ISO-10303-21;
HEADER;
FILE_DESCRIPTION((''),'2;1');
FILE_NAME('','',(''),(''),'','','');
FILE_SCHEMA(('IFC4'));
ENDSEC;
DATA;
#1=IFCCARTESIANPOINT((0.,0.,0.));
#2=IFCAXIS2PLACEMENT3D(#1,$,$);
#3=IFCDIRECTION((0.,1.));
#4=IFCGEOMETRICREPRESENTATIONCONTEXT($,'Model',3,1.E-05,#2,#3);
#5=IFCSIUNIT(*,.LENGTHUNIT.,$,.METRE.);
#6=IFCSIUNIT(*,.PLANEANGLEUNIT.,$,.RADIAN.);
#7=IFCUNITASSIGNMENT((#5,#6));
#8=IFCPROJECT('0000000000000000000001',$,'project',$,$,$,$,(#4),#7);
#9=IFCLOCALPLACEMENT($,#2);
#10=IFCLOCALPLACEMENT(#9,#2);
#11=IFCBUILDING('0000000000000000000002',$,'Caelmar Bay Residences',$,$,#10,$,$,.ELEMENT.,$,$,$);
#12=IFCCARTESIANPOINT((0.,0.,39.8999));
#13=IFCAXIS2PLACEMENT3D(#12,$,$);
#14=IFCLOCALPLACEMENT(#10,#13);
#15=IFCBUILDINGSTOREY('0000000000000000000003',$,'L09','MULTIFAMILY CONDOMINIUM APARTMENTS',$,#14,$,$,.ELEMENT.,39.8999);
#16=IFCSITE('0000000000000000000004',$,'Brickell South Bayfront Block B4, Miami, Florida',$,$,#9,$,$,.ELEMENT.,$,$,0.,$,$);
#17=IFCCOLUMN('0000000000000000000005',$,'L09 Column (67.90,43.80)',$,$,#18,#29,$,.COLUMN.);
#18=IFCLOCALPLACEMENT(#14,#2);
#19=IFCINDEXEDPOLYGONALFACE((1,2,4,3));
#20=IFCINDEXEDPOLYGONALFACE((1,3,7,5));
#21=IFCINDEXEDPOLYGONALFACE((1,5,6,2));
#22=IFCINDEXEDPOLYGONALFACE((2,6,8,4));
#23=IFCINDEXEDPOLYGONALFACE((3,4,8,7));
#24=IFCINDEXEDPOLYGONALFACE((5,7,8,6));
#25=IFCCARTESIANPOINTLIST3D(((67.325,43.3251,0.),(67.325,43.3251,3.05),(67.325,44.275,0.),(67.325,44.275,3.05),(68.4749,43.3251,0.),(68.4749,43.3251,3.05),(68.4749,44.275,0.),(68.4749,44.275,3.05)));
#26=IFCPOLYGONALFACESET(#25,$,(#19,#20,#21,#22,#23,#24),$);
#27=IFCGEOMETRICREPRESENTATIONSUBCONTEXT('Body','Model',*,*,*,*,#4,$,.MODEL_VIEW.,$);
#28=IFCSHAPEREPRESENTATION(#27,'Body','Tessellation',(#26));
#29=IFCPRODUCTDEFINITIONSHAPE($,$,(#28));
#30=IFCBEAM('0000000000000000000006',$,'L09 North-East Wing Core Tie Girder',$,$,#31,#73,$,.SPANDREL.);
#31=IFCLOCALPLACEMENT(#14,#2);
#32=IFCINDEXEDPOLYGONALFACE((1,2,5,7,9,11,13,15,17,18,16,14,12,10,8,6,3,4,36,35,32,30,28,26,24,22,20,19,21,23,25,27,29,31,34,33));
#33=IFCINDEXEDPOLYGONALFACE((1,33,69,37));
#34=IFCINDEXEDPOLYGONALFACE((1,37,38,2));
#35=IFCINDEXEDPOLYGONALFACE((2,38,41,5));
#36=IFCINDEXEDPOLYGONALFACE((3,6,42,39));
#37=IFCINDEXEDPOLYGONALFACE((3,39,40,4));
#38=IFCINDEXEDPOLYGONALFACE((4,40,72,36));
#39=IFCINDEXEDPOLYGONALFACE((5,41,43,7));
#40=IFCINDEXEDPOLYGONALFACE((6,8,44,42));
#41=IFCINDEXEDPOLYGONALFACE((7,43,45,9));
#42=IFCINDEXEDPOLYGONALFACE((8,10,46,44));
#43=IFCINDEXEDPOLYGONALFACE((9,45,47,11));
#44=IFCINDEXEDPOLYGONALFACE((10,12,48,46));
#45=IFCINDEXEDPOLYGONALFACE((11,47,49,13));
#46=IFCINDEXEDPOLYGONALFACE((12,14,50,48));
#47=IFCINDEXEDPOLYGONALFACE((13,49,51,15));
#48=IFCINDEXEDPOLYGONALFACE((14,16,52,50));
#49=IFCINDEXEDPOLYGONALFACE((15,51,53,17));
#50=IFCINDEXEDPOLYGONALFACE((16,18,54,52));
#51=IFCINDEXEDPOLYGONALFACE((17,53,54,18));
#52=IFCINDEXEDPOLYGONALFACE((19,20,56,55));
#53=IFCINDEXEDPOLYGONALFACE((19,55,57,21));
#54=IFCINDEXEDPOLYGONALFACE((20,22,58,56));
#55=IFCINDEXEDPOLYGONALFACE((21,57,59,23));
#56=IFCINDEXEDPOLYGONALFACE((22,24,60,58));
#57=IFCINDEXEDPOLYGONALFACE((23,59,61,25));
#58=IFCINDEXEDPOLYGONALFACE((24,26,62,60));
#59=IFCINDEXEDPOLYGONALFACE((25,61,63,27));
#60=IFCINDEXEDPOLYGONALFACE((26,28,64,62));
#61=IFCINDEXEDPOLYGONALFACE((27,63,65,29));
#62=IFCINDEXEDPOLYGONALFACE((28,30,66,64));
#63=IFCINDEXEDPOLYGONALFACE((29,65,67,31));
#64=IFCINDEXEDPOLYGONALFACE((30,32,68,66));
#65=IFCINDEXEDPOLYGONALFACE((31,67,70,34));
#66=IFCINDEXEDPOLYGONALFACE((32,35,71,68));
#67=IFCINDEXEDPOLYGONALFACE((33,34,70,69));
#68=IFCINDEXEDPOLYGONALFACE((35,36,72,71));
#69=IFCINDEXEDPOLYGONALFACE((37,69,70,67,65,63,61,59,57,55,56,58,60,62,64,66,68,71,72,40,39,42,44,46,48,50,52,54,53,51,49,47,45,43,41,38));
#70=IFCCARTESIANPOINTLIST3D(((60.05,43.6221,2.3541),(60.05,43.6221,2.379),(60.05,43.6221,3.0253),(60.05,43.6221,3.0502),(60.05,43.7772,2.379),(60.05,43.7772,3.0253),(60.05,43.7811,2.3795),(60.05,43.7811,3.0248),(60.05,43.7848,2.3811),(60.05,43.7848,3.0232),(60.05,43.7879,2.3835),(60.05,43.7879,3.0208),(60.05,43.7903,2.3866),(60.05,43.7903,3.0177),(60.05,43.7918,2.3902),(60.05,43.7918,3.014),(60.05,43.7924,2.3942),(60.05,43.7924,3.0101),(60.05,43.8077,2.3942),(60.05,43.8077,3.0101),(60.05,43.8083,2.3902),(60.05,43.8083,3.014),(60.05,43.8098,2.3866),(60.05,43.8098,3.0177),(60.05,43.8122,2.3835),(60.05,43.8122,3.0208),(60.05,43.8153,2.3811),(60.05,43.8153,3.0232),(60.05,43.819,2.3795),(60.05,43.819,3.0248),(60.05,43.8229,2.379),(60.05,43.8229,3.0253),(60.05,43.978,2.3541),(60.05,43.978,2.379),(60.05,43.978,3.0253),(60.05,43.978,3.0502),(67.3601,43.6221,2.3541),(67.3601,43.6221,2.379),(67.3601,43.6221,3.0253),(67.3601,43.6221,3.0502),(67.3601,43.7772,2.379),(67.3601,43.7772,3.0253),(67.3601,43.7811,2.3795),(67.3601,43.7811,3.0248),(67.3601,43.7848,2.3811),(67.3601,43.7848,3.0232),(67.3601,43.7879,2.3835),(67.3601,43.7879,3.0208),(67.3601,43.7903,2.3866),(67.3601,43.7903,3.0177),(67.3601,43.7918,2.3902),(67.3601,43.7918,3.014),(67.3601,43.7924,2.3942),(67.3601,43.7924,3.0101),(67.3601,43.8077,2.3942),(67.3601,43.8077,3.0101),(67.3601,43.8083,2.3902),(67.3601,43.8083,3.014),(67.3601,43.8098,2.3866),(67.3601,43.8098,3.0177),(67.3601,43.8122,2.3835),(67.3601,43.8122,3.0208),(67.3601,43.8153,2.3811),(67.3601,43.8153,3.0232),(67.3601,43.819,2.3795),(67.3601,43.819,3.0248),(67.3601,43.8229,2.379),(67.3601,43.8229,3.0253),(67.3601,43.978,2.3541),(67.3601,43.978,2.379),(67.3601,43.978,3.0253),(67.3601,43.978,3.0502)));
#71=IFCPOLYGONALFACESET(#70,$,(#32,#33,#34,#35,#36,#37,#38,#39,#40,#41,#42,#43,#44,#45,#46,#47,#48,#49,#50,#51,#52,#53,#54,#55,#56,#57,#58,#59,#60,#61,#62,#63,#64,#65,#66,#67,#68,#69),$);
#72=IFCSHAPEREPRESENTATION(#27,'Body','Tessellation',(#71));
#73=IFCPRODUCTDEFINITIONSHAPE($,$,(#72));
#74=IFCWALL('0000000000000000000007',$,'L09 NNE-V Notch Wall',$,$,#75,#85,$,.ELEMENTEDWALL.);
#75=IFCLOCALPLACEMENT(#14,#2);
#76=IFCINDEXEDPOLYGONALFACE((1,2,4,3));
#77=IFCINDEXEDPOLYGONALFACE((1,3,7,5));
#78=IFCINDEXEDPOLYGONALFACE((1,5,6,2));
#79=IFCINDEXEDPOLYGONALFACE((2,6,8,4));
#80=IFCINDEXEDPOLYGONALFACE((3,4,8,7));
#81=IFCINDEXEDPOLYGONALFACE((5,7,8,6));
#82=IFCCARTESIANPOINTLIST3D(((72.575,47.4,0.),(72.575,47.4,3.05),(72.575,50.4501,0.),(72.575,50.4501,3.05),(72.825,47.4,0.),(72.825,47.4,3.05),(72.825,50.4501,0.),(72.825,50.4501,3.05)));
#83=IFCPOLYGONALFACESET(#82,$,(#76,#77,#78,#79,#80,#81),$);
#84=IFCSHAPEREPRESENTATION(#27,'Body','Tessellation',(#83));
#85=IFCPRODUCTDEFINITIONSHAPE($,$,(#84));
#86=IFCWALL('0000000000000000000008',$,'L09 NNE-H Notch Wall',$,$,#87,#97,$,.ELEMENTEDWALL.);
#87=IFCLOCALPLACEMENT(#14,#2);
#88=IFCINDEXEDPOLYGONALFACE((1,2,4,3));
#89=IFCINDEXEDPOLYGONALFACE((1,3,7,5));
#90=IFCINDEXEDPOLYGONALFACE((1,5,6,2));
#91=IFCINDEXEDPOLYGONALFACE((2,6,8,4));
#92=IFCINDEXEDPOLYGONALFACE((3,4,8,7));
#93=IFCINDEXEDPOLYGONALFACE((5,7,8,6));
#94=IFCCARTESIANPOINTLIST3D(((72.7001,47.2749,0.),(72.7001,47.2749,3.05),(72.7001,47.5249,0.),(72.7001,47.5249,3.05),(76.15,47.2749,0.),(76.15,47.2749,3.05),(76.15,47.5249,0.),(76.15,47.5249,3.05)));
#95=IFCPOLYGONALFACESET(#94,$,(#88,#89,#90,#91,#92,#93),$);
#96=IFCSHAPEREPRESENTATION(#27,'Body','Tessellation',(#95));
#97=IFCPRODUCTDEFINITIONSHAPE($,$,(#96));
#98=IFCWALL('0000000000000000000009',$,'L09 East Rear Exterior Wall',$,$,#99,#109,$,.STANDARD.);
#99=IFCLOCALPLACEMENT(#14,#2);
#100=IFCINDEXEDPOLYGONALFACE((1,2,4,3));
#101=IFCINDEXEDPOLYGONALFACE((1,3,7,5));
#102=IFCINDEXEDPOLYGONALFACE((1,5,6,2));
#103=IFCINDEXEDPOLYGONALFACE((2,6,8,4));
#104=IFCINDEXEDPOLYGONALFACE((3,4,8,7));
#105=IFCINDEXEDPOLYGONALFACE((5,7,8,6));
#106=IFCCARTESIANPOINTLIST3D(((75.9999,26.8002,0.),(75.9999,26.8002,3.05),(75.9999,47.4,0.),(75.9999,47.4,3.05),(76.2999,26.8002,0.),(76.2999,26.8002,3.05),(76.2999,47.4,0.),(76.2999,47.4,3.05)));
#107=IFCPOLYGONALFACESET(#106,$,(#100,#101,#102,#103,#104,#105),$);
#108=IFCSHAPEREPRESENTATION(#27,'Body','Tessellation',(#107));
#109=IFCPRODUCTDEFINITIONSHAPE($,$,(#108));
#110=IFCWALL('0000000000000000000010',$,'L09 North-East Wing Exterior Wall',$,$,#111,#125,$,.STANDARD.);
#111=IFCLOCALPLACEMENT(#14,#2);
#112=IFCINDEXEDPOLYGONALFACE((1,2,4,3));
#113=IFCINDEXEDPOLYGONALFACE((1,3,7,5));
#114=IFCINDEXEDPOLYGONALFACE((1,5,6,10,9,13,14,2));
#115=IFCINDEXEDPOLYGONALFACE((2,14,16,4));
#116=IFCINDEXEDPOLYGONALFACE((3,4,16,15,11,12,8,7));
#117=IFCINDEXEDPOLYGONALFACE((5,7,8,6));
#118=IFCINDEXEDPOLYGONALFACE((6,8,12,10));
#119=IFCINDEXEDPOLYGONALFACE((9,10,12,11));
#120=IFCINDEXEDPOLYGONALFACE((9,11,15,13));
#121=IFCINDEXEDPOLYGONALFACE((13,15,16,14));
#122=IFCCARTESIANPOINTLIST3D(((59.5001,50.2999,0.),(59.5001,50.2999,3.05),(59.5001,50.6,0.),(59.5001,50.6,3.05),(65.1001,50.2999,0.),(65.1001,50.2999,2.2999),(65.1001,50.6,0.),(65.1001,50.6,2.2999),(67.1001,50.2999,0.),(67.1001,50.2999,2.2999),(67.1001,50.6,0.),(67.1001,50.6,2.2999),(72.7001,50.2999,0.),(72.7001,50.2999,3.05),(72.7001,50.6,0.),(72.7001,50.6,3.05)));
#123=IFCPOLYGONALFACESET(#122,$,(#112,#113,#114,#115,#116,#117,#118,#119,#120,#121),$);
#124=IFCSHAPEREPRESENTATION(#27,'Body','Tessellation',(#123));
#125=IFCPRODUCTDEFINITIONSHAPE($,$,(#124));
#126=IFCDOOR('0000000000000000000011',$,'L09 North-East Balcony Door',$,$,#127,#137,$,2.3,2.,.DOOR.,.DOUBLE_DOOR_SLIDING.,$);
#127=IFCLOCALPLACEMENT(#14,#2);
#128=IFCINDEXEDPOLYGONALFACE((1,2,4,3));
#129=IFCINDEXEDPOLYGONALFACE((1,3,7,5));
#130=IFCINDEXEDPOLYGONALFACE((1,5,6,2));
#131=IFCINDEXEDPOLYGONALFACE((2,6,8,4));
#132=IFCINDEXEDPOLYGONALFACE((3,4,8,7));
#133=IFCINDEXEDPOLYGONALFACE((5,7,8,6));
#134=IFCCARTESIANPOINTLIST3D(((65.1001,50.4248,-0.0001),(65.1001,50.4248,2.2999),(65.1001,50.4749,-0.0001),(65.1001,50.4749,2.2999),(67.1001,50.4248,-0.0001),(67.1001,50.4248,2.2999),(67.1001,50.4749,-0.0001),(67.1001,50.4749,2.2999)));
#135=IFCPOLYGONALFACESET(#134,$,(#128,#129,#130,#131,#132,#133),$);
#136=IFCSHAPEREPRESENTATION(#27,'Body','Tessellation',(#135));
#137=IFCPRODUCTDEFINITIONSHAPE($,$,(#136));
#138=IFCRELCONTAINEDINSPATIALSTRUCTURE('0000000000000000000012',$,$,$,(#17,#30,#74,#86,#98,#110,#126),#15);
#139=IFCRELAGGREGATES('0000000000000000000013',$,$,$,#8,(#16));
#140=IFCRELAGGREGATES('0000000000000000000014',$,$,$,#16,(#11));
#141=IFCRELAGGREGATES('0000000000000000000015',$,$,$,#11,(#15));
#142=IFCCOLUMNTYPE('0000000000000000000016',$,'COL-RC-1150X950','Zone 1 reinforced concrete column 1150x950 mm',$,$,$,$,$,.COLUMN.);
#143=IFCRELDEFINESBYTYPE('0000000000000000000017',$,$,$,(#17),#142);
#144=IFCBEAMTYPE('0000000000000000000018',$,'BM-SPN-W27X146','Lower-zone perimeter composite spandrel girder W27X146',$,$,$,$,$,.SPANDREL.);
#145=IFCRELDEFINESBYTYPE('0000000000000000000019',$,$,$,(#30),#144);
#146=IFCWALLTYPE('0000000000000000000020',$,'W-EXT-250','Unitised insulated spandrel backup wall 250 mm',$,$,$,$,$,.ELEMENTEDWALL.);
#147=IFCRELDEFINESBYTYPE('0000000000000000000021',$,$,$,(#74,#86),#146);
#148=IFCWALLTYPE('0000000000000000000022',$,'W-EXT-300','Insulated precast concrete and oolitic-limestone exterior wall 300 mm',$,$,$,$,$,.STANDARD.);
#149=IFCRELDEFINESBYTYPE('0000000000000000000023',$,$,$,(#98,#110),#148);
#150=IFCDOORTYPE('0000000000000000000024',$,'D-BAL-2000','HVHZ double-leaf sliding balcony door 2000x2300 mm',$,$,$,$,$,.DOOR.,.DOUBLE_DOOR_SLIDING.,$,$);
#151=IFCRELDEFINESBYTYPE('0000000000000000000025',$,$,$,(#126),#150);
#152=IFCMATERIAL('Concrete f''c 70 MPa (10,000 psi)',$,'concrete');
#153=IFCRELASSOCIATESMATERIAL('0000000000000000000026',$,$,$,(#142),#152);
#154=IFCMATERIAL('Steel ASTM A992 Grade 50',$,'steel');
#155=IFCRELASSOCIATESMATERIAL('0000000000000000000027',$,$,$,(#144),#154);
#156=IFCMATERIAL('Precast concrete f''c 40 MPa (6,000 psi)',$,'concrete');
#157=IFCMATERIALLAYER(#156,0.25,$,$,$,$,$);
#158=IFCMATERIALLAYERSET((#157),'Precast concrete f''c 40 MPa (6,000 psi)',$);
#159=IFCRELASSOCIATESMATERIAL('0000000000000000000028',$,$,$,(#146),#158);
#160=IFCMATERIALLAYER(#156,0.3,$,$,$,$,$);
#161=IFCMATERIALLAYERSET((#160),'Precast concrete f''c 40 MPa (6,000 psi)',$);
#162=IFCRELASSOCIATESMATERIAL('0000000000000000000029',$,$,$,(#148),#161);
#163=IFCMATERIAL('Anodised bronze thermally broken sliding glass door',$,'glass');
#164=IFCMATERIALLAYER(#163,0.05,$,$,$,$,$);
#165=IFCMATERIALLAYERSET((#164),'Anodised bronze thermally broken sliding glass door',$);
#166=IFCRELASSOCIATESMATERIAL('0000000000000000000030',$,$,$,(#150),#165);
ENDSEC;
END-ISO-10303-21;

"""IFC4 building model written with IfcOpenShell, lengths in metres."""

from ifc_helpers import new_model, si_unit, direction, frame, frame_2d, origin, origin_2d, place, context, subcontext, project, spatial, rectangle, i_section, extrude, material, layer, layer_set, material_profile, profile_set, type_object, element, fill, save


model = new_model("IFC4")

# Units and contexts
model_context = context("Model", 3, precision=1e-05, world=origin(), true_north=direction((0.0, 1.0)))
body_context = subcontext(model_context, "Body", "Model", "MODEL_VIEW")
ifc_project = project(units=[si_unit("LENGTHUNIT", "METRE"), si_unit("PLANEANGLEUNIT", "RADIAN")], contexts=[model_context])

# Site, building, storey
site_placement = place(None, origin())
site = spatial("IfcSite", under=ifc_project, at=site_placement, Name="Brickell South Bayfront Block B4, Miami, Florida", CompositionType="ELEMENT", RefElevation=0.0)
building_placement = place(site_placement, origin())
building = spatial("IfcBuilding", under=site, at=building_placement, Name="Caelmar Bay Residences", CompositionType="ELEMENT")
storey_placement = place(building_placement, frame((0.0, 0.0, 39.8999)))
storey = spatial("IfcBuildingStorey", under=building, at=storey_placement, Name="L09", Description="MULTIFAMILY CONDOMINIUM APARTMENTS", CompositionType="ELEMENT", Elevation=39.8999)

# Column
ifc_material_1 = material(Name="Concrete f'c 70 MPa (10,000 psi)", Category="concrete")
ifc_material_profile_1 = material_profile(ifc_material_1, rectangle(XDim=1.1499, YDim=0.95, at=origin_2d()), Name="RC-COL-1150X950")
ifc_profile_set_1 = profile_set([ifc_material_profile_1], Name="Concrete f'c 70 MPa (10,000 psi)")
column_type = type_object("IfcColumnType", Name="COL-RC-1150X950", Description="Zone 1 reinforced concrete column 1150x950 mm", PredefinedType="COLUMN", material=ifc_profile_set_1)
column_placement = place(storey_placement, frame((67.8999, 43.8, 0.0), z_axis=(0.0, 0.0, 1.0), x_axis=(1.0, 0.0, 0.0)))
element("IfcColumn", 1, at=column_placement, inside=storey, type_object=column_type, Name="L09 Column (67.90,43.80)", PredefinedType="COLUMN", context=body_context, shape_type="SweptSolid", body=[
    extrude(rectangle(XDim=1.1499, YDim=0.95, at=origin_2d()), origin(), (0.0, 0.0, 1.0), 3.05),
])

# Beam
ifc_material_2 = material(Name="Steel ASTM A992 Grade 50", Category="steel")
ifc_material_profile_2 = material_profile(ifc_material_2, i_section(OverallWidth=0.356, OverallDepth=0.696, WebThickness=0.0154, FlangeThickness=0.0249, FilletRadius=0.0151, at=origin_2d()), Name="W27X146")
ifc_profile_set_2 = profile_set([ifc_material_profile_2], Name="Steel ASTM A992 Grade 50")
beam_type = type_object("IfcBeamType", Name="BM-SPN-W27X146", Description="Lower-zone perimeter composite spandrel girder W27X146", PredefinedType="SPANDREL", material=ifc_profile_set_2)
beam_placement = place(storey_placement, frame((60.05, 43.8, 2.7021), z_axis=(1.0, 0.0, 0.0), x_axis=(0.0, 1.0, 0.0)))
element("IfcBeam", 2, at=beam_placement, inside=storey, type_object=beam_type, Name="L09 North-East Wing Core Tie Girder", PredefinedType="SPANDREL", context=body_context, shape_type="SweptSolid", body=[
    extrude(i_section(OverallWidth=0.356, OverallDepth=0.696, WebThickness=0.0154, FlangeThickness=0.0249, FilletRadius=0.0151, at=origin_2d()), origin(), (0.0, 0.0, 1.0), 7.3101),
])

# Walls
ifc_material_3 = material(Name="Precast concrete f'c 40 MPa (6,000 psi)", Category="concrete")
ifc_layer_1 = layer(ifc_material_3, 0.25)
ifc_layer_set_1 = layer_set([ifc_layer_1], Name="Precast concrete f'c 40 MPa (6,000 psi)")
wall_type_1 = type_object("IfcWallType", Name="W-EXT-250", Description="Unitised insulated spandrel backup wall 250 mm", PredefinedType="ELEMENTEDWALL", material=ifc_layer_set_1)
wall_1_placement = place(storey_placement, frame((72.7, 50.45, 0.0), z_axis=(0.0, 0.0, 1.0), x_axis=(0.0, -1.0, 0.0)))
element("IfcWall", 3, at=wall_1_placement, inside=storey, type_object=wall_type_1, Name="L09 NNE-V Notch Wall", PredefinedType="ELEMENTEDWALL", context=body_context, shape_type="SweptSolid", body=[
    extrude(rectangle(XDim=3.05, YDim=0.25, at=frame_2d((1.5249, 0.0))), origin(), (0.0, 0.0, 1.0), 3.05),
])
wall_2_placement = place(storey_placement, frame((72.7, 47.3999, 0.0), z_axis=(0.0, 0.0, 1.0), x_axis=(1.0, 0.0, 0.0)))
element("IfcWall", 4, at=wall_2_placement, inside=storey, type_object=wall_type_1, Name="L09 NNE-H Notch Wall", PredefinedType="ELEMENTEDWALL", context=body_context, shape_type="SweptSolid", body=[
    extrude(rectangle(XDim=3.45, YDim=0.25, at=frame_2d((1.7251, 0.0))), origin(), (0.0, 0.0, 1.0), 3.05),
])
ifc_layer_2 = layer(ifc_material_3, 0.3)
ifc_layer_set_2 = layer_set([ifc_layer_2], Name="Precast concrete f'c 40 MPa (6,000 psi)")
wall_type_2 = type_object("IfcWallType", Name="W-EXT-300", Description="Insulated precast concrete and oolitic-limestone exterior wall 300 mm", PredefinedType="STANDARD", material=ifc_layer_set_2)
wall_3_placement = place(storey_placement, frame((76.1499, 47.3999, 0.0), z_axis=(0.0, 0.0, 1.0), x_axis=(0.0, -1.0, 0.0)))
element("IfcWall", 5, at=wall_3_placement, inside=storey, type_object=wall_type_2, Name="L09 East Rear Exterior Wall", PredefinedType="STANDARD", context=body_context, shape_type="SweptSolid", body=[
    extrude(rectangle(XDim=20.5999, YDim=0.3, at=frame_2d((10.2998, 0.0))), origin(), (0.0, 0.0, 1.0), 3.05),
])

# Wall, opening, door
wall_4_placement = place(storey_placement, frame((59.5, 50.45, 0.0), z_axis=(0.0, 0.0, 1.0), x_axis=(1.0, 0.0, 0.0)))
wall_4 = element("IfcWall", 6, at=wall_4_placement, inside=storey, type_object=wall_type_2, Name="L09 North-East Wing Exterior Wall", PredefinedType="STANDARD", context=body_context, shape_type="SweptSolid", body=[
    extrude(rectangle(XDim=13.2, YDim=0.3, at=frame_2d((6.6001, 0.0))), origin(), (0.0, 0.0, 1.0), 3.05),
])
opening_1_placement = place(wall_4_placement, frame((5.6001, 0.0, 0.0)))
opening_1 = element("IfcOpeningElement", 7, at=opening_1_placement, cuts=wall_4, PredefinedType="OPENING", context=body_context, shape_type="SweptSolid", body=[
    extrude(rectangle(XDim=2.0, YDim=2.3, at=frame_2d((1.0, 1.1499))), frame((0.0, 0.1599, 0.0), z_axis=(0.0, -1.0, 0.0), x_axis=(1.0, 0.0, 0.0)), (0.0, 0.0, 1.0), 0.3201),
])
ifc_material_4 = material(Name="Anodised bronze thermally broken sliding glass door", Category="glass")
ifc_layer_3 = layer(ifc_material_4, 0.05)
ifc_layer_set_3 = layer_set([ifc_layer_3], Name="Anodised bronze thermally broken sliding glass door")
door_type_1 = type_object("IfcDoorType", Name="D-BAL-2000", Description="HVHZ double-leaf sliding balcony door 2000x2300 mm", OperationType="DOUBLE_DOOR_SLIDING", PredefinedType="DOOR", material=ifc_layer_set_3)
door_1_placement = place(opening_1_placement, origin())
door_1 = element("IfcDoor", 8, at=door_1_placement, inside=storey, type_object=door_type_1, Name="L09 North-East Balcony Door", OperationType="DOUBLE_DOOR_SLIDING", OverallHeight=2.3, OverallWidth=2.0, PredefinedType="DOOR", context=body_context, shape_type="SweptSolid", body=[
    extrude(rectangle(XDim=2.0, YDim=2.3, at=frame_2d((1.0, 1.1499))), frame((0.0, 0.0249, 0.0), z_axis=(0.0, -1.0, 0.0), x_axis=(1.0, 0.0, 0.0)), (0.0, 0.0, 1.0), 0.05),
])
fill(opening_1, door_1)

save(model, "model.ifc")
